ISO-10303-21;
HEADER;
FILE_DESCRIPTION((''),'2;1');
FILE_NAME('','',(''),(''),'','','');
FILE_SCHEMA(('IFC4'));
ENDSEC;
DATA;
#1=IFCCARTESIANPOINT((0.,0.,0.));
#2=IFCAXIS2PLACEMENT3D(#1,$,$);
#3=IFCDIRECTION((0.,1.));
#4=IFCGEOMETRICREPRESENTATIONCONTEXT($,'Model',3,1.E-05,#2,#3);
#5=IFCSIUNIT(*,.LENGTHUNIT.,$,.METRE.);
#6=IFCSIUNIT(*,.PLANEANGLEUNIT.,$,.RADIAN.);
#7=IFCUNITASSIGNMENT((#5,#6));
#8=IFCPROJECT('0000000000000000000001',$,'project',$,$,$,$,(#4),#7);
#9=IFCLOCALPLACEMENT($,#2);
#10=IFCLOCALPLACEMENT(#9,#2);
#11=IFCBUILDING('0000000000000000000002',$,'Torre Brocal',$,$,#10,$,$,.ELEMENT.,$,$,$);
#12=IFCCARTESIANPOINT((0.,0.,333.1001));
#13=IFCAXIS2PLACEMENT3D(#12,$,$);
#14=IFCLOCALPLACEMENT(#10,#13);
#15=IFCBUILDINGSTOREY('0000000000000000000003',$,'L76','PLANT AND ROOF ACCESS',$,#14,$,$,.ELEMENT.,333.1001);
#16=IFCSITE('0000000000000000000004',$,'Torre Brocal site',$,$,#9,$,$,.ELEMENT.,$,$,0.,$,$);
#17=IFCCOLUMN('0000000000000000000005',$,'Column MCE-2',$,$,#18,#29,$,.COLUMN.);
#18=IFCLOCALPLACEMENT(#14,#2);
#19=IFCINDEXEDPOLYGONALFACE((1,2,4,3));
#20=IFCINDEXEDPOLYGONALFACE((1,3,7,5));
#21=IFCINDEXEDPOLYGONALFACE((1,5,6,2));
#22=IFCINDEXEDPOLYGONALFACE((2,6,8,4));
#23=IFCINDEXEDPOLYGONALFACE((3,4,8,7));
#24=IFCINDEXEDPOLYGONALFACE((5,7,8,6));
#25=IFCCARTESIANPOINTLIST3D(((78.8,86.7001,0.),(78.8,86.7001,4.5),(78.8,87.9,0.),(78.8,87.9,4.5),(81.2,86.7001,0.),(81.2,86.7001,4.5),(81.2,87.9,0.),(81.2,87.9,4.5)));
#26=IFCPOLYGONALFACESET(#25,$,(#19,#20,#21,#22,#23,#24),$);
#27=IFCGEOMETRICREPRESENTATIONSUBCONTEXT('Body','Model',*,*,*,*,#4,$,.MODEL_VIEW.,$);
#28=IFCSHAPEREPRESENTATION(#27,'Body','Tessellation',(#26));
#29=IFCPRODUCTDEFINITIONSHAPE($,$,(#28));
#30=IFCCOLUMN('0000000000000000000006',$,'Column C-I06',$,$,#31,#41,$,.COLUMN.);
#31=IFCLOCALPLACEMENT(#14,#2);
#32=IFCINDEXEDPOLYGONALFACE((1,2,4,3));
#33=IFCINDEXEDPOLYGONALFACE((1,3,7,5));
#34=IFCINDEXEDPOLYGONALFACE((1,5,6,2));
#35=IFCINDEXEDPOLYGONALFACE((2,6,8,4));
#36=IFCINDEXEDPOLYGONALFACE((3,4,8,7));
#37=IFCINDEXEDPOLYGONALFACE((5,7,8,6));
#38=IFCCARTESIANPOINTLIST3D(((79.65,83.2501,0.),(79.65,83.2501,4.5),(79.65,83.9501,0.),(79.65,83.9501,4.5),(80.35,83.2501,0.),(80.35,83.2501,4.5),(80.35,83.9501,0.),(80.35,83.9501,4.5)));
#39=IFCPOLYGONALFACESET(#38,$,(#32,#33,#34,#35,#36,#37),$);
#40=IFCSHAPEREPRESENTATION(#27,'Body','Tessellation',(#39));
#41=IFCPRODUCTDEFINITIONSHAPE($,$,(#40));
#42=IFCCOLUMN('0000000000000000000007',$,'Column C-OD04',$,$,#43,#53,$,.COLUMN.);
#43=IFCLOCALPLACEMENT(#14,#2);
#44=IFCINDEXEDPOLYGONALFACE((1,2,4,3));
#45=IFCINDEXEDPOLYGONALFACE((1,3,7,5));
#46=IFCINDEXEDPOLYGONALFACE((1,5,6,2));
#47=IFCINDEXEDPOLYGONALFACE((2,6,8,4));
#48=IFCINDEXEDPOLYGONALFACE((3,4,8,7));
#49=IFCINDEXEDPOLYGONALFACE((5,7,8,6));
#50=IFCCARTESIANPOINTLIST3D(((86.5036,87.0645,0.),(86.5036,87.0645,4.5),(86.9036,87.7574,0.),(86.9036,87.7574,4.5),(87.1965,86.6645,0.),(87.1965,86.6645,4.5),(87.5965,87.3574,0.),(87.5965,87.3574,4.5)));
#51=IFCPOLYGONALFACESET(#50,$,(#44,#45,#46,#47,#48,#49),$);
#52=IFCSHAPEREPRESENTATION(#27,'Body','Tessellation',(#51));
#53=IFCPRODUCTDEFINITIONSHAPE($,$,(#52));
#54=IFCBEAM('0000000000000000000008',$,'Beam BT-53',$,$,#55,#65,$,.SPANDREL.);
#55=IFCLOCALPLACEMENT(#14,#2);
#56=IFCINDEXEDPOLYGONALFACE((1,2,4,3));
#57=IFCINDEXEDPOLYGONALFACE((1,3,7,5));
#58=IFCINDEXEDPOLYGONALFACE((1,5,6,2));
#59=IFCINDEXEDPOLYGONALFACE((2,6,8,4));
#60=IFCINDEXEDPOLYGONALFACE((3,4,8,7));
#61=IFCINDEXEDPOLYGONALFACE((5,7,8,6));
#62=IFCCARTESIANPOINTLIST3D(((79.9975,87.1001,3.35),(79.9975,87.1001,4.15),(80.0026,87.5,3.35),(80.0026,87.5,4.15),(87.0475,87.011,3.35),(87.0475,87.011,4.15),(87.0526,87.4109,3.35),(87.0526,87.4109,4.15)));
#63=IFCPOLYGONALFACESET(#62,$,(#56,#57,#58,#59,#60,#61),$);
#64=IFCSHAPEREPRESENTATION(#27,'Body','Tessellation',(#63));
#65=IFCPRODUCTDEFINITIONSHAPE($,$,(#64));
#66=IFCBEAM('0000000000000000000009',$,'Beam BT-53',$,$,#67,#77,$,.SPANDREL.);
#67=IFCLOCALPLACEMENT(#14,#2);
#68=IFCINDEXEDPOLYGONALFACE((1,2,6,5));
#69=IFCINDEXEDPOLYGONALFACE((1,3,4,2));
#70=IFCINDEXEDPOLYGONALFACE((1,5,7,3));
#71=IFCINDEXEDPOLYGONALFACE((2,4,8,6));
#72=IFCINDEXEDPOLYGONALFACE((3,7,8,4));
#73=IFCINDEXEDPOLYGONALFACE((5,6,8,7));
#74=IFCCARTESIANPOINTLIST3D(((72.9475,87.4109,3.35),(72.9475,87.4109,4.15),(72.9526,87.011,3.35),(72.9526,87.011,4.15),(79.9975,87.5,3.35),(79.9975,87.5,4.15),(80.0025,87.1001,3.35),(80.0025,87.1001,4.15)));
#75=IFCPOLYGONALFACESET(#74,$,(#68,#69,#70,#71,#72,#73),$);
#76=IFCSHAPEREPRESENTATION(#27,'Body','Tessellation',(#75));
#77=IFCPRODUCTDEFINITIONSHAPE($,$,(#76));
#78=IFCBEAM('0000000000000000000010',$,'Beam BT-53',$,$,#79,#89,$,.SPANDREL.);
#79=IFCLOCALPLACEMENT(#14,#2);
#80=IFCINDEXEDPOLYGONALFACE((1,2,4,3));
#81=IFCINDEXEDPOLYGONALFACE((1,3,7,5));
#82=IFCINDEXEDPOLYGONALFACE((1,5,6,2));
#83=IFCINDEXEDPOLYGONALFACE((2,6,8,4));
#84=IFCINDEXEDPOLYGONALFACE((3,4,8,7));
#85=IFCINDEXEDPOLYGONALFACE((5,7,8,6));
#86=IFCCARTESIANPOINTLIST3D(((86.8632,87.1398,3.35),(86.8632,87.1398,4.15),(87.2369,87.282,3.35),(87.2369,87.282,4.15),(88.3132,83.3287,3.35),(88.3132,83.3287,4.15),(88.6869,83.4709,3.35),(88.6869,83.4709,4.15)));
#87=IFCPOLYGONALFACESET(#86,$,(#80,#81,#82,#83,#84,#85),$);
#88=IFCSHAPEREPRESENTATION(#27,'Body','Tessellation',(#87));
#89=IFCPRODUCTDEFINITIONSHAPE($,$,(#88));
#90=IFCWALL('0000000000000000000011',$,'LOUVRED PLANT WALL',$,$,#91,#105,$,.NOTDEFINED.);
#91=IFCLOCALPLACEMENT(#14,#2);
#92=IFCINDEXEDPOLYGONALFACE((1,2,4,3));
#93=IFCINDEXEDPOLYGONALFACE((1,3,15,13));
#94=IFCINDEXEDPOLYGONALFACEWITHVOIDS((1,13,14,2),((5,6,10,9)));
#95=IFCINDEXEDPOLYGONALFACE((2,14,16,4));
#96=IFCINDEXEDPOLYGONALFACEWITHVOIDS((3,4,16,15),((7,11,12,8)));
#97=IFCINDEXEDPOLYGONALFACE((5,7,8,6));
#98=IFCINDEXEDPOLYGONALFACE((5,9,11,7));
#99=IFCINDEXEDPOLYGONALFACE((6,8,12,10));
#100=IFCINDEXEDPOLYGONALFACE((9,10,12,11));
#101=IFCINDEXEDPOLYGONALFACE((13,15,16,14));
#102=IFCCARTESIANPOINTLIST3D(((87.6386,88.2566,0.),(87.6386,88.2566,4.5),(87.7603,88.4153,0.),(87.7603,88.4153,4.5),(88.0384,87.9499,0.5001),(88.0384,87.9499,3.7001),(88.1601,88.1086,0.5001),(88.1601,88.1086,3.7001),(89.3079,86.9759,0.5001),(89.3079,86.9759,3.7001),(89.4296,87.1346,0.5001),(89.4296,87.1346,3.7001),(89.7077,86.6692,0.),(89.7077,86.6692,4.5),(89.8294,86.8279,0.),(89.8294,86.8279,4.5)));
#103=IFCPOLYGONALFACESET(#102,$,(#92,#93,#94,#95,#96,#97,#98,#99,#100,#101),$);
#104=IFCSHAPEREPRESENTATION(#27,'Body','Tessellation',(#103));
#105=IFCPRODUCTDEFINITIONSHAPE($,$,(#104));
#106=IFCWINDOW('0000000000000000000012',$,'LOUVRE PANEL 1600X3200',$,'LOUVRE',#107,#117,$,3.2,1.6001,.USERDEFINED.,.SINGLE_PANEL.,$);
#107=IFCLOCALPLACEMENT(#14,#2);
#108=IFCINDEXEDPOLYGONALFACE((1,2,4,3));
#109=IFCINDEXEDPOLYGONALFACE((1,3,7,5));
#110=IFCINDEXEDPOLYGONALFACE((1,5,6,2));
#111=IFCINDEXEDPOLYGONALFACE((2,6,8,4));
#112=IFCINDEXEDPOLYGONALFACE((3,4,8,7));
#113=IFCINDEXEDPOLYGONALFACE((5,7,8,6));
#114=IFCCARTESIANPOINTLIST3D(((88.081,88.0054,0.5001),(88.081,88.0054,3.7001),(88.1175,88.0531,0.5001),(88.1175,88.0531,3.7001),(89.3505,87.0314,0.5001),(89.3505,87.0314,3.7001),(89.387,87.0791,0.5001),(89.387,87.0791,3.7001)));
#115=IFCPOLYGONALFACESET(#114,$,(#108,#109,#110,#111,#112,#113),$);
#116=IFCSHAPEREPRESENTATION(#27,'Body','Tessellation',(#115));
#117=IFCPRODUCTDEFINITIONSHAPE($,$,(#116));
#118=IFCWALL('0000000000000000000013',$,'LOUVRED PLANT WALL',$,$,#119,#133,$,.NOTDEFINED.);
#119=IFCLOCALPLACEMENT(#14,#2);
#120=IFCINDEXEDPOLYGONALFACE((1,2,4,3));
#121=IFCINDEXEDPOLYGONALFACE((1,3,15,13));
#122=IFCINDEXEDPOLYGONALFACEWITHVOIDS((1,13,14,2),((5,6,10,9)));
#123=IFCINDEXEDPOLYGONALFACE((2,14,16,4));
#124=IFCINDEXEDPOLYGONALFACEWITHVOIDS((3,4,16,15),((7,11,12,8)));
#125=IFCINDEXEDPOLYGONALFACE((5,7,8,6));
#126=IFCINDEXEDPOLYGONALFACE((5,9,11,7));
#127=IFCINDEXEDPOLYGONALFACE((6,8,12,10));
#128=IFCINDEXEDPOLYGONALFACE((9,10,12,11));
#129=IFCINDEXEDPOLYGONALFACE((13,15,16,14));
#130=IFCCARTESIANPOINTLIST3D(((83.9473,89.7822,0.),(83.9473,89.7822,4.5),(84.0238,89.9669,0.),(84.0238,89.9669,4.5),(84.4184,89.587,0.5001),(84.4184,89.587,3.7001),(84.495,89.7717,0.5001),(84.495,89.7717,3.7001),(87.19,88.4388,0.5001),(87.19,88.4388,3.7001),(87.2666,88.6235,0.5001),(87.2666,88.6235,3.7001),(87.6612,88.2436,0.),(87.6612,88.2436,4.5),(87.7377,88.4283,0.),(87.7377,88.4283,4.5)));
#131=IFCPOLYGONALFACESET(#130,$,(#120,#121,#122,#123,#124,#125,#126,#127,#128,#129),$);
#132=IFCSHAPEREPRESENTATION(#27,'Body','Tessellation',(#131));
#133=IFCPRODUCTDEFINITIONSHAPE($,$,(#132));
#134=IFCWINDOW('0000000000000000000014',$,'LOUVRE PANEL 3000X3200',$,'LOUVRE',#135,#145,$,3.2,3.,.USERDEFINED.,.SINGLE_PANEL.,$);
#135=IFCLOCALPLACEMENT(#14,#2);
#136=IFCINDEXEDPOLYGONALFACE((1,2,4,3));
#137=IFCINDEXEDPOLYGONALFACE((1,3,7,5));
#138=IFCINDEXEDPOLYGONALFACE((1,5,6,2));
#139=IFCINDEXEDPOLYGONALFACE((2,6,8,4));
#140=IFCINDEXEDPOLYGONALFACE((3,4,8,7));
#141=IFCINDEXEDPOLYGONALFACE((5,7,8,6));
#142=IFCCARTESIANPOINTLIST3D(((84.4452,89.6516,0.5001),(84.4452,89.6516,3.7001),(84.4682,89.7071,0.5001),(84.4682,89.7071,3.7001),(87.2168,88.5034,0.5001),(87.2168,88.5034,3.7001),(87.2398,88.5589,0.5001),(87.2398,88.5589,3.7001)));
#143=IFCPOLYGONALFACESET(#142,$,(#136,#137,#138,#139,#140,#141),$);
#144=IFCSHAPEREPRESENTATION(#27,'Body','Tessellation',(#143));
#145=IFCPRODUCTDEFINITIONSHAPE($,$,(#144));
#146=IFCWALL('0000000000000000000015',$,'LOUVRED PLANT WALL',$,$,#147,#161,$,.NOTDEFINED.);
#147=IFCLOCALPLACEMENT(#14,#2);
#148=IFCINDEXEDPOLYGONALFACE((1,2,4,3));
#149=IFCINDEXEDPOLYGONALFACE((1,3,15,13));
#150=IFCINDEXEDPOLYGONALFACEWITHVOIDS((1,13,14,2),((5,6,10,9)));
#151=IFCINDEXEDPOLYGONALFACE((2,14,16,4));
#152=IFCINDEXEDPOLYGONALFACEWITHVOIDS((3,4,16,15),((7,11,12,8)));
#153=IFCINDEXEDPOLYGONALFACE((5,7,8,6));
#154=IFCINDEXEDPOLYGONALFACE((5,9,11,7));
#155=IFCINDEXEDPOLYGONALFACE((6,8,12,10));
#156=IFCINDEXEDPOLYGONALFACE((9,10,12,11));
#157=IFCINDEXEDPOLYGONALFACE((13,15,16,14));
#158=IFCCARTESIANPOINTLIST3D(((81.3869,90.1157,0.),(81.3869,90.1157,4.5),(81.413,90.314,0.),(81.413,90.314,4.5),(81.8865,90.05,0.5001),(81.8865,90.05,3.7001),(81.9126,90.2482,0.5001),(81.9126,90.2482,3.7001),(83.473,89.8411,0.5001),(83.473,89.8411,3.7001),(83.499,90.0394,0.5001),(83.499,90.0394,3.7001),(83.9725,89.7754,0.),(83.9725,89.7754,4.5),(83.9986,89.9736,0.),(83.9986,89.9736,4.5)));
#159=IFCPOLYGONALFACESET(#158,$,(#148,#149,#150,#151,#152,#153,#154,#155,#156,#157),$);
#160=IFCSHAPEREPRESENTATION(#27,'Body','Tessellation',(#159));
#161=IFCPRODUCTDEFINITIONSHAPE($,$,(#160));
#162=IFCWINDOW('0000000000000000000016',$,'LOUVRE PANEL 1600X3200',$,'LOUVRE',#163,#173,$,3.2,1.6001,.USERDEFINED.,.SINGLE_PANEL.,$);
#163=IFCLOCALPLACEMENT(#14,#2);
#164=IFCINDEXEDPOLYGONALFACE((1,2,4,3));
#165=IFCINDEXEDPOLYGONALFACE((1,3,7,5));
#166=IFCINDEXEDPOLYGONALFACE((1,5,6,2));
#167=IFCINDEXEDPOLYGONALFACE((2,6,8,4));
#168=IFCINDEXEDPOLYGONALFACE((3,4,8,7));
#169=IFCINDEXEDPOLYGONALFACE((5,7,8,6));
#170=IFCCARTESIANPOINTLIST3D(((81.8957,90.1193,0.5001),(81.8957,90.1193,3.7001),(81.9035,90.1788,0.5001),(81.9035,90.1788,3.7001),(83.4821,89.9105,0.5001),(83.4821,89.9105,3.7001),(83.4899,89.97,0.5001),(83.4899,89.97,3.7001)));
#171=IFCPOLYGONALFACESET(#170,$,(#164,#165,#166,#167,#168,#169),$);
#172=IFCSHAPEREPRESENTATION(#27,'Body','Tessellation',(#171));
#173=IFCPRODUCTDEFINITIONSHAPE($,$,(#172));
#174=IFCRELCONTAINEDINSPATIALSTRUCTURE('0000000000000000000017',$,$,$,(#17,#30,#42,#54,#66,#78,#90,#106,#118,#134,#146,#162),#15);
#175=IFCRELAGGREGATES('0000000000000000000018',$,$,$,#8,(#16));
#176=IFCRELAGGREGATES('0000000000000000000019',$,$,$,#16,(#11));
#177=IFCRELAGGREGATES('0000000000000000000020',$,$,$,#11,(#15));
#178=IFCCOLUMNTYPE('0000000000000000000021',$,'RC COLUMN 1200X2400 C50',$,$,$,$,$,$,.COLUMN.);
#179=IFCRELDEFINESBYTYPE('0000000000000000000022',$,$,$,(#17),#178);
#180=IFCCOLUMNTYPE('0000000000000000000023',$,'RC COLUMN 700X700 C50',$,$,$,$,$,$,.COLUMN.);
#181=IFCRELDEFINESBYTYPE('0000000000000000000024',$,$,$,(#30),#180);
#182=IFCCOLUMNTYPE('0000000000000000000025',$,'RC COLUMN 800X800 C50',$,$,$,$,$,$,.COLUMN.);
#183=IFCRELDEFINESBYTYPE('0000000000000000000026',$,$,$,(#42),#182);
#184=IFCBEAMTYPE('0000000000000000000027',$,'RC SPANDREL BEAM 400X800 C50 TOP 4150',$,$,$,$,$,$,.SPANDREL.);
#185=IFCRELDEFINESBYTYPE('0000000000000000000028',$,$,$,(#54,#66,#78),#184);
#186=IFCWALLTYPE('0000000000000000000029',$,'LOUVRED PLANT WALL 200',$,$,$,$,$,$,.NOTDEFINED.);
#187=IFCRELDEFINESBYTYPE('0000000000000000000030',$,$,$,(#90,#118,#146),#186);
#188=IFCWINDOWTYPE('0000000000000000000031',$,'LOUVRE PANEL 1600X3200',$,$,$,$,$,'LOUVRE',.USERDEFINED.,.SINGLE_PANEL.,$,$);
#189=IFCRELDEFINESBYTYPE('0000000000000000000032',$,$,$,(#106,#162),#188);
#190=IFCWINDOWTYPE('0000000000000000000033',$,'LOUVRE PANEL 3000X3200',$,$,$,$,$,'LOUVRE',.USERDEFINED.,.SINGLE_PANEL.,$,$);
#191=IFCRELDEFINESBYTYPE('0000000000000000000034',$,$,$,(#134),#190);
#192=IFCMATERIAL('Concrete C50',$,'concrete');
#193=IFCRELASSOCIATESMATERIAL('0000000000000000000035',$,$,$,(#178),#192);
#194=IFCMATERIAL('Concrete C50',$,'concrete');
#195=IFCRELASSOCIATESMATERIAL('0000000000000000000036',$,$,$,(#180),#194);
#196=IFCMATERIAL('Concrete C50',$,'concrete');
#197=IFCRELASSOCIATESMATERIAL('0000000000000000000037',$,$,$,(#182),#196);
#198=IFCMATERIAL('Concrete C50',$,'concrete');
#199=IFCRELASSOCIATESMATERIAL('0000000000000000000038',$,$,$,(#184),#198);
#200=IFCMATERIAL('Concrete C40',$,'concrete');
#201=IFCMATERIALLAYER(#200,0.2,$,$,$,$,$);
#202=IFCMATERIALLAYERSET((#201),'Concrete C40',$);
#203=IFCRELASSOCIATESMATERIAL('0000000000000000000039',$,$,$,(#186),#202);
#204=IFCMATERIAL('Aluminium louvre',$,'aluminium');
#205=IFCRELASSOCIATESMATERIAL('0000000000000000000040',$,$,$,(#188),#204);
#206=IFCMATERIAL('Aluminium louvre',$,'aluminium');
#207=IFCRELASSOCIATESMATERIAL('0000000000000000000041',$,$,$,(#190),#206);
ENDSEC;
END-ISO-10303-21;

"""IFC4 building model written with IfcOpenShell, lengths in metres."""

from ifc_helpers import new_model, si_unit, direction, frame, frame_2d, origin, origin_2d, place, context, subcontext, project, spatial, rectangle, extrude, material, layer, layer_set, material_profile, profile_set, type_object, element, fill, save


model = new_model("IFC4")

# Units and contexts
model_context = context("Model", 3, precision=1e-05, world=origin(), true_north=direction((0.0, 1.0)))
body_context = subcontext(model_context, "Body", "Model", "MODEL_VIEW")
ifc_project = project(units=[si_unit("LENGTHUNIT", "METRE"), si_unit("PLANEANGLEUNIT", "RADIAN")], contexts=[model_context])

# Site, building, storey
site_placement = place(None, origin())
site = spatial("IfcSite", under=ifc_project, at=site_placement, Name="Torre Brocal site", CompositionType="ELEMENT", RefElevation=0.0)
building_placement = place(site_placement, origin())
building = spatial("IfcBuilding", under=site, at=building_placement, Name="Torre Brocal", CompositionType="ELEMENT")
storey_placement = place(building_placement, frame((0.0, 0.0, 333.1001)))
storey = spatial("IfcBuildingStorey", under=building, at=storey_placement, Name="L76", Description="PLANT AND ROOF ACCESS", CompositionType="ELEMENT", Elevation=333.1001)

# Columns
ifc_material_1 = material(Name="Concrete C50", Category="concrete")
ifc_material_profile_1 = material_profile(ifc_material_1, rectangle(XDim=1.2, YDim=2.3999, at=origin_2d()), Name="RC 1200X2400")
ifc_profile_set_1 = profile_set([ifc_material_profile_1], Name="Concrete C50")
column_type_1 = type_object("IfcColumnType", Name="RC COLUMN 1200X2400 C50", PredefinedType="COLUMN", material=ifc_profile_set_1)
column_1_placement = place(storey_placement, frame((80.0, 87.3, 0.0), z_axis=(0.0, 0.0, 1.0), x_axis=(0.0, 1.0, 0.0)))
element("IfcColumn", 1, at=column_1_placement, inside=storey, type_object=column_type_1, Name="Column MCE-2", PredefinedType="COLUMN", context=body_context, shape_type="SweptSolid", body=[
    extrude(rectangle(XDim=1.2, YDim=2.3999, at=origin_2d()), origin(), (0.0, 0.0, 1.0), 4.5),
])
ifc_material_2 = material(Name="Concrete C50", Category="concrete")
ifc_material_profile_2 = material_profile(ifc_material_2, rectangle(XDim=0.7, YDim=0.7, at=origin_2d()), Name="RC 700X700")
ifc_profile_set_2 = profile_set([ifc_material_profile_2], Name="Concrete C50")
column_type_2 = type_object("IfcColumnType", Name="RC COLUMN 700X700 C50", PredefinedType="COLUMN", material=ifc_profile_set_2)
column_2_placement = place(storey_placement, frame((80.0, 83.6001, 0.0), z_axis=(0.0, 0.0, 1.0), x_axis=(0.0, 1.0, 0.0)))
element("IfcColumn", 2, at=column_2_placement, inside=storey, type_object=column_type_2, Name="Column C-I06", PredefinedType="COLUMN", context=body_context, shape_type="SweptSolid", body=[
    extrude(rectangle(XDim=0.7, YDim=0.7, at=origin_2d()), origin(), (0.0, 0.0, 1.0), 4.5),
])
ifc_material_3 = material(Name="Concrete C50", Category="concrete")
ifc_material_profile_3 = material_profile(ifc_material_3, rectangle(XDim=0.8, YDim=0.8, at=origin_2d()), Name="RC 800X800")
ifc_profile_set_3 = profile_set([ifc_material_profile_3], Name="Concrete C50")
column_type_3 = type_object("IfcColumnType", Name="RC COLUMN 800X800 C50", PredefinedType="COLUMN", material=ifc_profile_set_3)
column_3_placement = place(storey_placement, frame((87.05, 87.2109, 0.0), z_axis=(0.0, 0.0, 1.0), x_axis=(0.5, 0.866025, 0.0)))
element("IfcColumn", 3, at=column_3_placement, inside=storey, type_object=column_type_3, Name="Column C-OD04", PredefinedType="COLUMN", context=body_context, shape_type="SweptSolid", body=[
    extrude(rectangle(XDim=0.8, YDim=0.8, at=origin_2d()), origin(), (0.0, 0.0, 1.0), 4.5),
])

# Beams
ifc_material_4 = material(Name="Concrete C50", Category="concrete")
ifc_material_profile_4 = material_profile(ifc_material_4, rectangle(XDim=0.3999, YDim=0.8, at=origin_2d()), Name="RC 400X800")
ifc_profile_set_4 = profile_set([ifc_material_profile_4], Name="Concrete C50")
beam_type = type_object("IfcBeamType", Name="RC SPANDREL BEAM 400X800 C50 TOP 4150", PredefinedType="SPANDREL", material=ifc_profile_set_4)
for number, where, z_axis, x_axis, name in (
    (4, (87.05, 87.2109, 3.75), (-0.99992, 0.012639, 0.0), (-0.012639, -0.99992, 0.0), "Beam BT-53"),
    (5, (80.0, 87.3, 3.75), (-0.99992, -0.012639, 0.0), (0.012639, -0.99992, 0.0), "Beam BT-53"),
):
    element("IfcBeam", number, at=place(storey_placement, frame(where, z_axis=z_axis, x_axis=x_axis)), inside=storey, type_object=beam_type, Name=name, PredefinedType="SPANDREL", context=body_context, shape_type="SweptSolid", body=[
        extrude(rectangle(XDim=0.3999, YDim=0.8, at=origin_2d()), origin(), (0.0, 0.0, 1.0), 7.0505),
    ])
beam_placement = place(storey_placement, frame((87.05, 87.2109, 3.75), z_axis=(0.355594, -0.93464, 0.0), x_axis=(0.93464, 0.355594, 0.0)))
element("IfcBeam", 6, at=beam_placement, inside=storey, type_object=beam_type, Name="Beam BT-53", PredefinedType="SPANDREL", context=body_context, shape_type="SweptSolid", body=[
    extrude(rectangle(XDim=0.3999, YDim=0.8, at=origin_2d()), origin(), (0.0, 0.0, 1.0), 4.0776),
])

# Walls, openings, windows
ifc_material_5 = material(Name="Concrete C40", Category="concrete")
ifc_layer_1 = layer(ifc_material_5, 0.2)
ifc_layer_set_1 = layer_set([ifc_layer_1], Name="Concrete C40")
wall_type_1 = type_object("IfcWallType", Name="LOUVRED PLANT WALL 200", PredefinedType="NOTDEFINED", material=ifc_layer_set_1)
wall_1_placement = place(storey_placement, frame((89.7686, 86.7485, 0.0), z_axis=(0.0, 0.0, 1.0), x_axis=(-0.793403, 0.608697, 0.0)))
wall_1 = element("IfcWall", 7, at=wall_1_placement, inside=storey, type_object=wall_type_1, Name="LOUVRED PLANT WALL", PredefinedType="NOTDEFINED", context=body_context, shape_type="SweptSolid", body=[
    extrude(rectangle(XDim=2.6079, YDim=0.2, at=frame_2d((1.304, 0.0))), origin(), (0.0, 0.0, 1.0), 4.5),
])
opening_1_placement = place(wall_1_placement, frame((0.5039, 0.0, 0.5)))
opening_1 = element("IfcOpeningElement", 8, at=opening_1_placement, cuts=wall_1, PredefinedType="OPENING", context=body_context, shape_type="SweptSolid", body=[
    extrude(rectangle(XDim=1.6001, YDim=3.2, at=frame_2d((0.8, 1.6001))), frame((0.0, 0.1099, 0.0), z_axis=(0.0, -1.0, 0.0), x_axis=(1.0, 0.0, 0.0)), (0.0, 0.0, 1.0), 0.22),
])
ifc_material_6 = material(Name="Aluminium louvre", Category="aluminium")
window_type_1 = type_object("IfcWindowType", Name="LOUVRE PANEL 1600X3200", ElementType="LOUVRE", PartitioningType="SINGLE_PANEL", PredefinedType="USERDEFINED", material=ifc_material_6)
window_1_placement = place(opening_1_placement, origin())
window_1 = element("IfcWindow", 9, at=window_1_placement, inside=storey, type_object=window_type_1, Name="LOUVRE PANEL 1600X3200", ObjectType="LOUVRE", OverallHeight=3.2, OverallWidth=1.6001, PartitioningType="SINGLE_PANEL", PredefinedType="USERDEFINED", context=body_context, shape_type="SweptSolid", body=[
    extrude(rectangle(XDim=1.6001, YDim=3.2, at=frame_2d((0.8, 1.6001))), frame((0.0, 0.03, 0.0), z_axis=(0.0, -1.0, 0.0), x_axis=(1.0, 0.0, 0.0)), (0.0, 0.0, 1.0), 0.0601),
])
fill(opening_1, window_1)
wall_2_placement = place(storey_placement, frame((87.6995, 88.3359, 0.0), z_axis=(0.0, 0.0, 1.0), x_axis=(-0.923858, 0.382734, 0.0)))
wall_2 = element("IfcWall", 10, at=wall_2_placement, inside=storey, type_object=wall_type_1, Name="LOUVRED PLANT WALL", PredefinedType="NOTDEFINED", context=body_context, shape_type="SweptSolid", body=[
    extrude(rectangle(XDim=4.02, YDim=0.2, at=frame_2d((2.01, 0.0))), origin(), (0.0, 0.0, 1.0), 4.5),
])
opening_2_placement = place(wall_2_placement, frame((0.51, 0.0, 0.5)))
opening_2 = element("IfcOpeningElement", 11, at=opening_2_placement, cuts=wall_2, PredefinedType="OPENING", context=body_context, shape_type="SweptSolid", body=[
    extrude(rectangle(XDim=3.0, YDim=3.2, at=frame_2d((1.5, 1.6001))), frame((0.0, 0.1099, 0.0), z_axis=(0.0, -1.0, 0.0), x_axis=(1.0, 0.0, 0.0)), (0.0, 0.0, 1.0), 0.22),
])
ifc_material_7 = material(Name="Aluminium louvre", Category="aluminium")
window_type_2 = type_object("IfcWindowType", Name="LOUVRE PANEL 3000X3200", ElementType="LOUVRE", PartitioningType="SINGLE_PANEL", PredefinedType="USERDEFINED", material=ifc_material_7)
window_2_placement = place(opening_2_placement, origin())
window_2 = element("IfcWindow", 12, at=window_2_placement, inside=storey, type_object=window_type_2, Name="LOUVRE PANEL 3000X3200", ObjectType="LOUVRE", OverallHeight=3.2, OverallWidth=3.0, PartitioningType="SINGLE_PANEL", PredefinedType="USERDEFINED", context=body_context, shape_type="SweptSolid", body=[
    extrude(rectangle(XDim=3.0, YDim=3.2, at=frame_2d((1.5, 1.6001))), frame((0.0, 0.03, 0.0), z_axis=(0.0, -1.0, 0.0), x_axis=(1.0, 0.0, 0.0)), (0.0, 0.0, 1.0), 0.0601),
])
fill(opening_2, window_2)
wall_3_placement = place(storey_placement, frame((83.9856, 89.8745, 0.0), z_axis=(0.0, 0.0, 1.0), x_axis=(-0.991449, 0.130496, 0.0)))
wall_3 = element("IfcWall", 13, at=wall_3_placement, inside=storey, type_object=wall_type_1, Name="LOUVRED PLANT WALL", PredefinedType="NOTDEFINED", context=body_context, shape_type="SweptSolid", body=[
    extrude(rectangle(XDim=2.6079, YDim=0.2, at=frame_2d((1.304, 0.0))), origin(), (0.0, 0.0, 1.0), 4.5),
])
opening_3_placement = place(wall_3_placement, frame((0.5039, 0.0, 0.5)))
opening_3 = element("IfcOpeningElement", 14, at=opening_3_placement, cuts=wall_3, PredefinedType="OPENING", context=body_context, shape_type="SweptSolid", body=[
    extrude(rectangle(XDim=1.6001, YDim=3.2, at=frame_2d((0.8, 1.6001))), frame((0.0, 0.1099, 0.0), z_axis=(0.0, -1.0, 0.0), x_axis=(1.0, 0.0, 0.0)), (0.0, 0.0, 1.0), 0.22),
])
window_3_placement = place(opening_3_placement, origin())
window_3 = element("IfcWindow", 15, at=window_3_placement, inside=storey, type_object=window_type_1, Name="LOUVRE PANEL 1600X3200", ObjectType="LOUVRE", OverallHeight=3.2, OverallWidth=1.6001, PartitioningType="SINGLE_PANEL", PredefinedType="USERDEFINED", context=body_context, shape_type="SweptSolid", body=[
    extrude(rectangle(XDim=1.6001, YDim=3.2, at=frame_2d((0.8, 1.6001))), frame((0.0, 0.03, 0.0), z_axis=(0.0, -1.0, 0.0), x_axis=(1.0, 0.0, 0.0)), (0.0, 0.0, 1.0), 0.0601),
])
fill(opening_3, window_3)

save(model, "model.ifc")
